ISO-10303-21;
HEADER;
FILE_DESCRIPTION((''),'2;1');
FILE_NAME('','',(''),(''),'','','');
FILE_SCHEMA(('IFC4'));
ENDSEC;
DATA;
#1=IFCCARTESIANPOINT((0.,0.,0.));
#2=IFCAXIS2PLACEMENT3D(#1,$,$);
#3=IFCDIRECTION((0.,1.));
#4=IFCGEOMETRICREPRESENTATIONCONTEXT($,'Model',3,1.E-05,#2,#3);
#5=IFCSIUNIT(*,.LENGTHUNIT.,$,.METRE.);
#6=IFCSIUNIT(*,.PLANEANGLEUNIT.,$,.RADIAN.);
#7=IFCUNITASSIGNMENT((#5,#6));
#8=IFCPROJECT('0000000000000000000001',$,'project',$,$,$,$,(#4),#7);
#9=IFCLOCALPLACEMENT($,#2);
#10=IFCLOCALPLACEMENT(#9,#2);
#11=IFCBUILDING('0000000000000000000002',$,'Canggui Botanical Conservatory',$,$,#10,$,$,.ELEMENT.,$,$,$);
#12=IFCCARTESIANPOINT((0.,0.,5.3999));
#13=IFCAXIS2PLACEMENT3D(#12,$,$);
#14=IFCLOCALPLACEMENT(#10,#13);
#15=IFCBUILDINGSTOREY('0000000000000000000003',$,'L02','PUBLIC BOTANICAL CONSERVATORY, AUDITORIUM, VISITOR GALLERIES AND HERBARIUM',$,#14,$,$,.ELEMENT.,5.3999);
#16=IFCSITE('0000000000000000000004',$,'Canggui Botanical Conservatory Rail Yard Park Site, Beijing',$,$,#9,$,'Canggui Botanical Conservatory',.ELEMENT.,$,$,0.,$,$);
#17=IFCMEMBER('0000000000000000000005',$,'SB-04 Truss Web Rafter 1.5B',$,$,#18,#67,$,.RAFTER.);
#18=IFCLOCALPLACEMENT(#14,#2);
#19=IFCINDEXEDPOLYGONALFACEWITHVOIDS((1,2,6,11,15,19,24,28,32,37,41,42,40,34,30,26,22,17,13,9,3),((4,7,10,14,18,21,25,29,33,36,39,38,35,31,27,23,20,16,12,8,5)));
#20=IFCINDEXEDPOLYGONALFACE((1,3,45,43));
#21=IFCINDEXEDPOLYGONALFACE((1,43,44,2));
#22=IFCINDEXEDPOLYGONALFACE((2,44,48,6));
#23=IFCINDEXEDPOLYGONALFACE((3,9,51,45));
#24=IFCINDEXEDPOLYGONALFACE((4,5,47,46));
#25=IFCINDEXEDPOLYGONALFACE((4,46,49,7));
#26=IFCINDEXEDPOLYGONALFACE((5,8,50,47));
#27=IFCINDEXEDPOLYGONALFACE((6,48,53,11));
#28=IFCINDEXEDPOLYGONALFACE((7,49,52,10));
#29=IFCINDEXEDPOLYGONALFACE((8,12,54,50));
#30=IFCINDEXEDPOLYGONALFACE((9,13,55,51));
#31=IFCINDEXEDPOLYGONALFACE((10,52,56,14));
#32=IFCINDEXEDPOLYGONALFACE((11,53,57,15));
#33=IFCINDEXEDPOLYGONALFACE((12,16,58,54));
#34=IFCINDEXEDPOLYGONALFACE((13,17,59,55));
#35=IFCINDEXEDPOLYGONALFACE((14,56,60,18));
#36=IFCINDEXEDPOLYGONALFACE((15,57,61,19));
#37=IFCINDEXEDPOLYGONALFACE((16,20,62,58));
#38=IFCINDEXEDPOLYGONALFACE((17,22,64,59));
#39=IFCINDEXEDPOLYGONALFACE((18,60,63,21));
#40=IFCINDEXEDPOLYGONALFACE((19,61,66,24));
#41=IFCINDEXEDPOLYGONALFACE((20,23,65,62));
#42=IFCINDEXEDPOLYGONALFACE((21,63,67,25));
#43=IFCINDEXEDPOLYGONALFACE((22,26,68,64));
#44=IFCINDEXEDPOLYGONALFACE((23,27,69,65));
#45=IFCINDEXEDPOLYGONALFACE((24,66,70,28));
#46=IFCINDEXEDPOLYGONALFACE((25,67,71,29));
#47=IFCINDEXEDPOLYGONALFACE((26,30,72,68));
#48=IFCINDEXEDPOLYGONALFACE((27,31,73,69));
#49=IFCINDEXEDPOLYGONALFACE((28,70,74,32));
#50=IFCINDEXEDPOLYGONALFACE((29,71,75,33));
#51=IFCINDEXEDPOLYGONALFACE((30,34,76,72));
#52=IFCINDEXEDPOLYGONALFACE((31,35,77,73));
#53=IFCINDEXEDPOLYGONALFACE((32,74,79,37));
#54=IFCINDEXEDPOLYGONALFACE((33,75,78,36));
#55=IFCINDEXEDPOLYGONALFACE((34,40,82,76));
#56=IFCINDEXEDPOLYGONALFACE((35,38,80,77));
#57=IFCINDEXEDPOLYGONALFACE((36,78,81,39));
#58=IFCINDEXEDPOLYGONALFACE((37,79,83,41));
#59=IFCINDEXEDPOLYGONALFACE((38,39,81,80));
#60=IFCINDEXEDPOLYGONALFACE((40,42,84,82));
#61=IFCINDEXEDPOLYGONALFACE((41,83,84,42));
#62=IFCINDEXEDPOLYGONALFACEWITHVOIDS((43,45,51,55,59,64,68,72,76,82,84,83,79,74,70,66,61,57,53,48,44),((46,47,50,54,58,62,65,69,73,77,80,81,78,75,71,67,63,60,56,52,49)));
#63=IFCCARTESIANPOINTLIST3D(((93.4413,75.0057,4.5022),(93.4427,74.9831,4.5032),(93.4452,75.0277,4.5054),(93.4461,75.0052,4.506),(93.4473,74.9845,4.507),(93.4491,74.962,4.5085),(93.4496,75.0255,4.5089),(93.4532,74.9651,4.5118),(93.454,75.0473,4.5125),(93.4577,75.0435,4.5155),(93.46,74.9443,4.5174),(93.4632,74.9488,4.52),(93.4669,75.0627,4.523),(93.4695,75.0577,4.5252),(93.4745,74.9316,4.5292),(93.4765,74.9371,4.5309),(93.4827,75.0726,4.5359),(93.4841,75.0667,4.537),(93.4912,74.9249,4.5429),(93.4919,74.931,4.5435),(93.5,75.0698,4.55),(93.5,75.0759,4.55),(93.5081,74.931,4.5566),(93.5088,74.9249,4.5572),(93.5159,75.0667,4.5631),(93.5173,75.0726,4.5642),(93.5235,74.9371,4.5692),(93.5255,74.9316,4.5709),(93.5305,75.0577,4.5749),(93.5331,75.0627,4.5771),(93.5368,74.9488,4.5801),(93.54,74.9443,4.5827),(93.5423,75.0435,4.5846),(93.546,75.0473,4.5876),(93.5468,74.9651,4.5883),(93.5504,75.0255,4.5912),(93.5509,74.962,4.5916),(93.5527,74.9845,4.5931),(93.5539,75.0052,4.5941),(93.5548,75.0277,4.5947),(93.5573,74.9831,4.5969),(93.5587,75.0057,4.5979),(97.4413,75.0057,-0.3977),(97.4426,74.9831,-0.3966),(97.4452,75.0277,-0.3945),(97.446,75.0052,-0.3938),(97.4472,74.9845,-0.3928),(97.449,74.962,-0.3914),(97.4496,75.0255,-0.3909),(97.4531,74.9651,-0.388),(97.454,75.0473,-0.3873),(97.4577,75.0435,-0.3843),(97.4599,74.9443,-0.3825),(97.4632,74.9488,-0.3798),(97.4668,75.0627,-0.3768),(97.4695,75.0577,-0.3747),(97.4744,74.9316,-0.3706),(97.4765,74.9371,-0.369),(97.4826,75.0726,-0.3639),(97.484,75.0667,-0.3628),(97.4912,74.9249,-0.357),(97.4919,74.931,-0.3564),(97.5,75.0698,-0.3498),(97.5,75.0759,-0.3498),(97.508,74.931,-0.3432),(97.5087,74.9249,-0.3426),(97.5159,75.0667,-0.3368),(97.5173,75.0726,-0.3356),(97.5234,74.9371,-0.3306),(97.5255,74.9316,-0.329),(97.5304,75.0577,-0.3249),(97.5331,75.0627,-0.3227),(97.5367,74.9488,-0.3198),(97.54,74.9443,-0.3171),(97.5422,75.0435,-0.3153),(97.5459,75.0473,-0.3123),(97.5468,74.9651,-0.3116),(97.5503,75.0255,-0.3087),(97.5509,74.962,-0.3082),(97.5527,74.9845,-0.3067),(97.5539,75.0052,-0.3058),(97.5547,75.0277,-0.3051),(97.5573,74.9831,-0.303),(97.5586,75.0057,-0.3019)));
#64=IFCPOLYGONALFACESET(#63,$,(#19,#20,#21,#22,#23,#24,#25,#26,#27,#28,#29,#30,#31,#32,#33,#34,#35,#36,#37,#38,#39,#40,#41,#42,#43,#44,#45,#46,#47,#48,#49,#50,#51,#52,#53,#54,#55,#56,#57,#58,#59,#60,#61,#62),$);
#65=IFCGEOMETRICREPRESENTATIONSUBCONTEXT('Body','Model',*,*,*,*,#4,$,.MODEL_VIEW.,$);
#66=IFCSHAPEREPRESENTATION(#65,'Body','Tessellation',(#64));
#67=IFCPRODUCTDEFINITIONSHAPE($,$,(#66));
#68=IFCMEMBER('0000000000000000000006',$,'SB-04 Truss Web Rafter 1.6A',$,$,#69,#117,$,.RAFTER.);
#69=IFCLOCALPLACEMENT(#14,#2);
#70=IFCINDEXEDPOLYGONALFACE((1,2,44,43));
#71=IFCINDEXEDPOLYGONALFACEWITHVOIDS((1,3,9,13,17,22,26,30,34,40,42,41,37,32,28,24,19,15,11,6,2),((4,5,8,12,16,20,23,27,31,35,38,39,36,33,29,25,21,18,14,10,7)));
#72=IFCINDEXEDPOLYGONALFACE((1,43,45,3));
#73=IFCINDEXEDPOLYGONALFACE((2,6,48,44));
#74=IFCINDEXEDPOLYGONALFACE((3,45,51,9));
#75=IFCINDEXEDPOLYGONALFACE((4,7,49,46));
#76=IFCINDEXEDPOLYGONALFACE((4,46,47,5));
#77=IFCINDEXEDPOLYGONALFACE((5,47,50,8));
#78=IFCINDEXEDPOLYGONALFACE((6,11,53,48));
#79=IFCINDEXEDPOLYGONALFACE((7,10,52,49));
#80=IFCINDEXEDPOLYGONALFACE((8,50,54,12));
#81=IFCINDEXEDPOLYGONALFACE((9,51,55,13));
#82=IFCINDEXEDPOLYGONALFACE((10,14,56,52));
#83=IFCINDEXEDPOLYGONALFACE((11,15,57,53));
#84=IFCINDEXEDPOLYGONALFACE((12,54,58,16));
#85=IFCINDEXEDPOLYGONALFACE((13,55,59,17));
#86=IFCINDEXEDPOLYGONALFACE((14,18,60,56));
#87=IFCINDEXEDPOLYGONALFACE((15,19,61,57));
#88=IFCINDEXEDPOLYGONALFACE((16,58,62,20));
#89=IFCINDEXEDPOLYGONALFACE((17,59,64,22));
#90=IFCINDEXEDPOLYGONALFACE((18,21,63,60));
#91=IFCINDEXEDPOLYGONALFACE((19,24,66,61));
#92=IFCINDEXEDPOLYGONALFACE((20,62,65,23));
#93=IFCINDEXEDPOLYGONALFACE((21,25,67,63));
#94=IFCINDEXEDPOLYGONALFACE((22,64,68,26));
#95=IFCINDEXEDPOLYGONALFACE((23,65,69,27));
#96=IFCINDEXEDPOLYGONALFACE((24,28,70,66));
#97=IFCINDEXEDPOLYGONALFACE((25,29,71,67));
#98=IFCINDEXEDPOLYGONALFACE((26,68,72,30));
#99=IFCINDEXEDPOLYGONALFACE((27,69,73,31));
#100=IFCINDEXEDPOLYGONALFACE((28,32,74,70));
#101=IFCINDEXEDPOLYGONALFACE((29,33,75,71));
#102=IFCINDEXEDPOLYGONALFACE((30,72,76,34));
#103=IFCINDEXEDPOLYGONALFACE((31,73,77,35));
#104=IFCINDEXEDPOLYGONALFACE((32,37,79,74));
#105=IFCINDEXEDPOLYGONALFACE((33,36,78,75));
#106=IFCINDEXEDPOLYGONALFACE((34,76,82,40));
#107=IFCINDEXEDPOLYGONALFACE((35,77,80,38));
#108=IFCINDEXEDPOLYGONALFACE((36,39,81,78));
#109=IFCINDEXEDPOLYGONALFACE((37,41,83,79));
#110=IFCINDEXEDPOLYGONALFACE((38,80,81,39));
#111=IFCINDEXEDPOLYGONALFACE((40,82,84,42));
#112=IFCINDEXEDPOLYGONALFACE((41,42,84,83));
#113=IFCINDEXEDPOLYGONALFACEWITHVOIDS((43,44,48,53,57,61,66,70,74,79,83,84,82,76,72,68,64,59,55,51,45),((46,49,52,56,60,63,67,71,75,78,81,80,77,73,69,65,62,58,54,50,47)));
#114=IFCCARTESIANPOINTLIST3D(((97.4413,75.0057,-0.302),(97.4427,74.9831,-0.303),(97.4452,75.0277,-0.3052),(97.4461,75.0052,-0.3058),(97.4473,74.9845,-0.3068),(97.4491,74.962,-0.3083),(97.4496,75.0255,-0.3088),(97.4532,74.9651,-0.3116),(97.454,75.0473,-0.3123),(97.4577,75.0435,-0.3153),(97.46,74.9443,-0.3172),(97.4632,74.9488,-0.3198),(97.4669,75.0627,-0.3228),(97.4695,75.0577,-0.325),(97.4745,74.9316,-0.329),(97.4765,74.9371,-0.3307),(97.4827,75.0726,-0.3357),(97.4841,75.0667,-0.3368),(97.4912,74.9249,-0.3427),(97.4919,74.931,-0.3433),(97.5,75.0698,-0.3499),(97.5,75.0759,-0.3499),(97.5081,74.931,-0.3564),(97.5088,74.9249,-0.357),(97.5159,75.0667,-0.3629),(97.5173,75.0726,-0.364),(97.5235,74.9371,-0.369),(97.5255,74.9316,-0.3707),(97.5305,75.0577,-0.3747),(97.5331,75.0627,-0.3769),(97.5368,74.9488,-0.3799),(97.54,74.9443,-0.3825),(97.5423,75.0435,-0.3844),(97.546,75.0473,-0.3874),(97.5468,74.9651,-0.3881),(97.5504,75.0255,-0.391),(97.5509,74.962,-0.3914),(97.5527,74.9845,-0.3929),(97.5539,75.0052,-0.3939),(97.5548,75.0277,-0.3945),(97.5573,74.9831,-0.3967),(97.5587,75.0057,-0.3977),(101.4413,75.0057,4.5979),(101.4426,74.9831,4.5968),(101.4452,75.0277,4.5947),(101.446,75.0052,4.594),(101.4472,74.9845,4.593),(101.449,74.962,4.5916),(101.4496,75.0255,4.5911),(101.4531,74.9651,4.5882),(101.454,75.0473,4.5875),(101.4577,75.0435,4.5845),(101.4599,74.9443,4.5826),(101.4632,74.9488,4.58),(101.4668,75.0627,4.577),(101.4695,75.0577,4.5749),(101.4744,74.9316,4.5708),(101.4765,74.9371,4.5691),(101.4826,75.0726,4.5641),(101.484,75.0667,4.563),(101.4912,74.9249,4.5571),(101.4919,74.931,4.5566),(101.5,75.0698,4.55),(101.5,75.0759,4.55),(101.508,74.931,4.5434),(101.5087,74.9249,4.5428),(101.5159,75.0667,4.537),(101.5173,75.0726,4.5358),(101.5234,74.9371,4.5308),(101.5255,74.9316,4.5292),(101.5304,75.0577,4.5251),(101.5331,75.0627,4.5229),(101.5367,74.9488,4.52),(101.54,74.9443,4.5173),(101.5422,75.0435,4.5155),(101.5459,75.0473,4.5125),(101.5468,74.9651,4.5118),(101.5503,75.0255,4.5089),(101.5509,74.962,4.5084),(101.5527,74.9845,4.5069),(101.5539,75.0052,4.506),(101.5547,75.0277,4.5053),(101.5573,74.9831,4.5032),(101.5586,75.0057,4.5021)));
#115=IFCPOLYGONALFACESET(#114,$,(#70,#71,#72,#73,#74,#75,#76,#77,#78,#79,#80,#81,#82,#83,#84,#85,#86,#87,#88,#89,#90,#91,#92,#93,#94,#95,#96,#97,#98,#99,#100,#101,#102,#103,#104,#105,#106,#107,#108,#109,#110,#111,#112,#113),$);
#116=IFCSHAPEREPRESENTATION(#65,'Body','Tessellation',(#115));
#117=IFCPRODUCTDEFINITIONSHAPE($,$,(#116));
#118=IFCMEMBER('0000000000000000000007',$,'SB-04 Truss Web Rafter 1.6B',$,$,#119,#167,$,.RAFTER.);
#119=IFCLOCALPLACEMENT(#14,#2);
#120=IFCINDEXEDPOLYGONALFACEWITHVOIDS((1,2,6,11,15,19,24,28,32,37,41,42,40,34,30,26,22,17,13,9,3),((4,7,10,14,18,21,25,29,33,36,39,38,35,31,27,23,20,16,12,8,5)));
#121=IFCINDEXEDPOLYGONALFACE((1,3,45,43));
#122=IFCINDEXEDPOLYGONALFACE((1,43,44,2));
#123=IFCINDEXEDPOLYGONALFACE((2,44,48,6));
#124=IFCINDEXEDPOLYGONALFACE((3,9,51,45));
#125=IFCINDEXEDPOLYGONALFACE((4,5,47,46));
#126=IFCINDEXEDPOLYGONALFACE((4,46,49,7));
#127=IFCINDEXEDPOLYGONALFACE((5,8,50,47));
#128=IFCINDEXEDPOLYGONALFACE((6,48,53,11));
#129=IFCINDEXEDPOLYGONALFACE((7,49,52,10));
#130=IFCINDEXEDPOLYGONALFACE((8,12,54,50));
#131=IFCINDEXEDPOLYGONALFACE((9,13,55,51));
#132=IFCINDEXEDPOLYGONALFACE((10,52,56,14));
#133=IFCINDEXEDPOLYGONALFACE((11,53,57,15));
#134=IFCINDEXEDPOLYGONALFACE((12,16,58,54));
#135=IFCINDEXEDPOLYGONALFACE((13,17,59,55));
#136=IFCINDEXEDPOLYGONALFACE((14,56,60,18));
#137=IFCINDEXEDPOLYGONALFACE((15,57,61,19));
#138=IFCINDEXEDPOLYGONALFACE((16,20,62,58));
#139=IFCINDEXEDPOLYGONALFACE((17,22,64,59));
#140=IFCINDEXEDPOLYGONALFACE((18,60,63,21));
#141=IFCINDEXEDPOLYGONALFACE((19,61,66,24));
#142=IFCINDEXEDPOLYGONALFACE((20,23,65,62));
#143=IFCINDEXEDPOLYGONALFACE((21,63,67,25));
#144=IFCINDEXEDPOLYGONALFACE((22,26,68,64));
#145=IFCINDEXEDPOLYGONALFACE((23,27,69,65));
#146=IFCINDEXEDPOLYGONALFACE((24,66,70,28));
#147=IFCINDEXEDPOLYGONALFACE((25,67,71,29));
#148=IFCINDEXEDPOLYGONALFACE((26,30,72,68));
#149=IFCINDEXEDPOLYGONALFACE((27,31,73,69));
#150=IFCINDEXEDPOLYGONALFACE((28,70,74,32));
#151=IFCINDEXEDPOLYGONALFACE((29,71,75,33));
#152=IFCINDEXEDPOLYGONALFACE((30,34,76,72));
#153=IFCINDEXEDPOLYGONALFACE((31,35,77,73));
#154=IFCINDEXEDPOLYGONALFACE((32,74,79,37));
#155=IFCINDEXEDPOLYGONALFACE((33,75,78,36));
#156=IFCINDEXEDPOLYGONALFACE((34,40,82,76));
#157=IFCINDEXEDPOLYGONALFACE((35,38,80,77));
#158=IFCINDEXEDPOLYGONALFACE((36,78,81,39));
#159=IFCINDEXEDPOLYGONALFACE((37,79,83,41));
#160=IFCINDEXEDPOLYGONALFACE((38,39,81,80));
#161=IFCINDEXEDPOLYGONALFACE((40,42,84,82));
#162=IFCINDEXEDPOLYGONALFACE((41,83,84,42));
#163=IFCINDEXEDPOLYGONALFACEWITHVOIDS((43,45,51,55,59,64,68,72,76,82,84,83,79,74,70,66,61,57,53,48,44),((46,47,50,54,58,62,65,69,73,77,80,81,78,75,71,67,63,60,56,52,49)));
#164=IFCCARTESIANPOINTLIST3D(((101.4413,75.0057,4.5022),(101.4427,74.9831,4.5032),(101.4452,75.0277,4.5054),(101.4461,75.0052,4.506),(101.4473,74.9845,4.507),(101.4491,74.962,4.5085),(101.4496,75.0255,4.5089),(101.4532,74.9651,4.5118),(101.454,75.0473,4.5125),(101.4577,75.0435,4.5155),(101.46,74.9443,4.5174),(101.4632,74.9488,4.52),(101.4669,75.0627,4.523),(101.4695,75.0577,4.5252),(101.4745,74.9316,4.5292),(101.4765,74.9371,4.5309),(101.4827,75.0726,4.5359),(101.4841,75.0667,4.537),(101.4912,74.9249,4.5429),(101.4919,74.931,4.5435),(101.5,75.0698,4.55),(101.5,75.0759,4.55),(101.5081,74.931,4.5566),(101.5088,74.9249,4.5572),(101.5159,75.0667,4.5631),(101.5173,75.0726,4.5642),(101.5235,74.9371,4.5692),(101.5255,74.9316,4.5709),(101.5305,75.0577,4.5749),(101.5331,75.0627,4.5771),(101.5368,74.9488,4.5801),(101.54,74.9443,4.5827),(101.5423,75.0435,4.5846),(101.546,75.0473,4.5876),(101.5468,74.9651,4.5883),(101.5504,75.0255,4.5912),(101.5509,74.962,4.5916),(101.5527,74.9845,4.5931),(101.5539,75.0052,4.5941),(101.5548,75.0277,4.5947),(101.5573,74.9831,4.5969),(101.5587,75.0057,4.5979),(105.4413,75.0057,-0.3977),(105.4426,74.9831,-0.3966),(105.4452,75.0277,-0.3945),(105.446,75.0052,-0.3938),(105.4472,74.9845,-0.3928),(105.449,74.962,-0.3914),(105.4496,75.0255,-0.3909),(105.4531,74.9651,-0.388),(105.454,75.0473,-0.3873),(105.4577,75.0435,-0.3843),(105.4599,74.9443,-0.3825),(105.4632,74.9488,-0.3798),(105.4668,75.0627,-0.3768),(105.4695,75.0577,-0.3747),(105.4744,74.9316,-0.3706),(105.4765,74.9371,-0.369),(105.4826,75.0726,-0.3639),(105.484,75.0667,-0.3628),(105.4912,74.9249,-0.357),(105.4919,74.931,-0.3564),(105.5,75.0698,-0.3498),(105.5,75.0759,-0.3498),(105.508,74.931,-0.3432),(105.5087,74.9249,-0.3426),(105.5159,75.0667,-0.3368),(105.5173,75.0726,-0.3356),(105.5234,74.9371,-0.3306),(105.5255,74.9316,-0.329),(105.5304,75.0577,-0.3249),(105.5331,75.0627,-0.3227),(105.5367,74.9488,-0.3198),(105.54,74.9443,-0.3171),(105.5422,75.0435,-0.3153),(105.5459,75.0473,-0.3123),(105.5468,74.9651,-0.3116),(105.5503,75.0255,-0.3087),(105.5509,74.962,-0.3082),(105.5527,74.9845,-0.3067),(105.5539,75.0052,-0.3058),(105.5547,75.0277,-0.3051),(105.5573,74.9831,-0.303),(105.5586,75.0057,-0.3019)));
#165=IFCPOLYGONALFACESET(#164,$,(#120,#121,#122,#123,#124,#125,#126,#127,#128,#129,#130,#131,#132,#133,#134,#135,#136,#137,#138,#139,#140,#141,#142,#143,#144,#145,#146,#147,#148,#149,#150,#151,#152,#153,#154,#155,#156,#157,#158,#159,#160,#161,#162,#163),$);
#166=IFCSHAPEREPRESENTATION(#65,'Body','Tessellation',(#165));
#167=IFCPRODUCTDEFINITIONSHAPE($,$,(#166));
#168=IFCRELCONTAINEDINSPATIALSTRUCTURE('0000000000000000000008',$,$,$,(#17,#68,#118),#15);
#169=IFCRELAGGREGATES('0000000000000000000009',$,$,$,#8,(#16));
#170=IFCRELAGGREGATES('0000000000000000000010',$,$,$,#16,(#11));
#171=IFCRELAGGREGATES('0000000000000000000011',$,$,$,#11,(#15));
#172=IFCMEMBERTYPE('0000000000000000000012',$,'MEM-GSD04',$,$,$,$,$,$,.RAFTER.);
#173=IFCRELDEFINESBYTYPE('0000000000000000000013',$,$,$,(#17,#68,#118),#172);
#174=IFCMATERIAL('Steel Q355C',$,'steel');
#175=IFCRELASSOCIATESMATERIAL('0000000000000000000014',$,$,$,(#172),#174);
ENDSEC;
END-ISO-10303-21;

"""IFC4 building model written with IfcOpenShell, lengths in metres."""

from ifc_helpers import new_model, si_unit, direction, frame, origin, origin_2d, place, context, subcontext, project, spatial, hollow_circle, extrude, material, material_profile, profile_set, type_object, element, save


model = new_model("IFC4")

# Units and contexts
model_context = context("Model", 3, precision=1e-05, world=origin(), true_north=direction((0.0, 1.0)))
body_context = subcontext(model_context, "Body", "Model", "MODEL_VIEW")
ifc_project = project(units=[si_unit("LENGTHUNIT", "METRE"), si_unit("PLANEANGLEUNIT", "RADIAN")], contexts=[model_context])

# Site, building, storey
site_placement = place(None, origin())
site = spatial("IfcSite", under=ifc_project, at=site_placement, Name="Canggui Botanical Conservatory Rail Yard Park Site, Beijing", LongName="Canggui Botanical Conservatory", CompositionType="ELEMENT", RefElevation=0.0)
building_placement = place(site_placement, origin())
building = spatial("IfcBuilding", under=site, at=building_placement, Name="Canggui Botanical Conservatory", CompositionType="ELEMENT")
storey_placement = place(building_placement, frame((0.0, 0.0, 5.3999)))
storey = spatial("IfcBuildingStorey", under=building, at=storey_placement, Name="L02", Description="PUBLIC BOTANICAL CONSERVATORY, AUDITORIUM, VISITOR GALLERIES AND HERBARIUM", CompositionType="ELEMENT", Elevation=5.3999)

# Members
ifc_material_1 = material(Name="Steel Q355C", Category="steel")
ifc_material_profile_1 = material_profile(ifc_material_1, hollow_circle(Radius=0.0759, WallThickness=0.0061, at=origin_2d()), Name="CHS 152x6")
ifc_profile_set_1 = profile_set([ifc_material_profile_1], Name="Steel Q355C")
member_type_1 = type_object("IfcMemberType", Name="MEM-GSD04", PredefinedType="RAFTER", material=ifc_profile_set_1)
for number, where, z_axis, x_axis, name in (
    (1, (93.5, 75.0, 4.55), (0.632384, 0.0, -0.774655), (0.0, 1.0, 0.0), "SB-04 Truss Web Rafter 1.5B"),
    (2, (97.5, 75.0, -0.3499), (0.632384, 0.0, 0.774655), (0.0, 1.0, 0.0), "SB-04 Truss Web Rafter 1.6A"),
    (3, (101.5, 75.0, 4.55), (0.632384, 0.0, -0.774655), (0.0, 1.0, 0.0), "SB-04 Truss Web Rafter 1.6B"),
):
    element("IfcMember", number, at=place(storey_placement, frame(where, z_axis=z_axis, x_axis=x_axis)), inside=storey, type_object=member_type_1, Name=name, PredefinedType="RAFTER", context=body_context, shape_type="SweptSolid", body=[
        extrude(hollow_circle(Radius=0.0759, WallThickness=0.0061, at=origin_2d()), origin(), (0.0, 0.0, 1.0), 6.3252),
    ])

save(model, "model.ifc")
